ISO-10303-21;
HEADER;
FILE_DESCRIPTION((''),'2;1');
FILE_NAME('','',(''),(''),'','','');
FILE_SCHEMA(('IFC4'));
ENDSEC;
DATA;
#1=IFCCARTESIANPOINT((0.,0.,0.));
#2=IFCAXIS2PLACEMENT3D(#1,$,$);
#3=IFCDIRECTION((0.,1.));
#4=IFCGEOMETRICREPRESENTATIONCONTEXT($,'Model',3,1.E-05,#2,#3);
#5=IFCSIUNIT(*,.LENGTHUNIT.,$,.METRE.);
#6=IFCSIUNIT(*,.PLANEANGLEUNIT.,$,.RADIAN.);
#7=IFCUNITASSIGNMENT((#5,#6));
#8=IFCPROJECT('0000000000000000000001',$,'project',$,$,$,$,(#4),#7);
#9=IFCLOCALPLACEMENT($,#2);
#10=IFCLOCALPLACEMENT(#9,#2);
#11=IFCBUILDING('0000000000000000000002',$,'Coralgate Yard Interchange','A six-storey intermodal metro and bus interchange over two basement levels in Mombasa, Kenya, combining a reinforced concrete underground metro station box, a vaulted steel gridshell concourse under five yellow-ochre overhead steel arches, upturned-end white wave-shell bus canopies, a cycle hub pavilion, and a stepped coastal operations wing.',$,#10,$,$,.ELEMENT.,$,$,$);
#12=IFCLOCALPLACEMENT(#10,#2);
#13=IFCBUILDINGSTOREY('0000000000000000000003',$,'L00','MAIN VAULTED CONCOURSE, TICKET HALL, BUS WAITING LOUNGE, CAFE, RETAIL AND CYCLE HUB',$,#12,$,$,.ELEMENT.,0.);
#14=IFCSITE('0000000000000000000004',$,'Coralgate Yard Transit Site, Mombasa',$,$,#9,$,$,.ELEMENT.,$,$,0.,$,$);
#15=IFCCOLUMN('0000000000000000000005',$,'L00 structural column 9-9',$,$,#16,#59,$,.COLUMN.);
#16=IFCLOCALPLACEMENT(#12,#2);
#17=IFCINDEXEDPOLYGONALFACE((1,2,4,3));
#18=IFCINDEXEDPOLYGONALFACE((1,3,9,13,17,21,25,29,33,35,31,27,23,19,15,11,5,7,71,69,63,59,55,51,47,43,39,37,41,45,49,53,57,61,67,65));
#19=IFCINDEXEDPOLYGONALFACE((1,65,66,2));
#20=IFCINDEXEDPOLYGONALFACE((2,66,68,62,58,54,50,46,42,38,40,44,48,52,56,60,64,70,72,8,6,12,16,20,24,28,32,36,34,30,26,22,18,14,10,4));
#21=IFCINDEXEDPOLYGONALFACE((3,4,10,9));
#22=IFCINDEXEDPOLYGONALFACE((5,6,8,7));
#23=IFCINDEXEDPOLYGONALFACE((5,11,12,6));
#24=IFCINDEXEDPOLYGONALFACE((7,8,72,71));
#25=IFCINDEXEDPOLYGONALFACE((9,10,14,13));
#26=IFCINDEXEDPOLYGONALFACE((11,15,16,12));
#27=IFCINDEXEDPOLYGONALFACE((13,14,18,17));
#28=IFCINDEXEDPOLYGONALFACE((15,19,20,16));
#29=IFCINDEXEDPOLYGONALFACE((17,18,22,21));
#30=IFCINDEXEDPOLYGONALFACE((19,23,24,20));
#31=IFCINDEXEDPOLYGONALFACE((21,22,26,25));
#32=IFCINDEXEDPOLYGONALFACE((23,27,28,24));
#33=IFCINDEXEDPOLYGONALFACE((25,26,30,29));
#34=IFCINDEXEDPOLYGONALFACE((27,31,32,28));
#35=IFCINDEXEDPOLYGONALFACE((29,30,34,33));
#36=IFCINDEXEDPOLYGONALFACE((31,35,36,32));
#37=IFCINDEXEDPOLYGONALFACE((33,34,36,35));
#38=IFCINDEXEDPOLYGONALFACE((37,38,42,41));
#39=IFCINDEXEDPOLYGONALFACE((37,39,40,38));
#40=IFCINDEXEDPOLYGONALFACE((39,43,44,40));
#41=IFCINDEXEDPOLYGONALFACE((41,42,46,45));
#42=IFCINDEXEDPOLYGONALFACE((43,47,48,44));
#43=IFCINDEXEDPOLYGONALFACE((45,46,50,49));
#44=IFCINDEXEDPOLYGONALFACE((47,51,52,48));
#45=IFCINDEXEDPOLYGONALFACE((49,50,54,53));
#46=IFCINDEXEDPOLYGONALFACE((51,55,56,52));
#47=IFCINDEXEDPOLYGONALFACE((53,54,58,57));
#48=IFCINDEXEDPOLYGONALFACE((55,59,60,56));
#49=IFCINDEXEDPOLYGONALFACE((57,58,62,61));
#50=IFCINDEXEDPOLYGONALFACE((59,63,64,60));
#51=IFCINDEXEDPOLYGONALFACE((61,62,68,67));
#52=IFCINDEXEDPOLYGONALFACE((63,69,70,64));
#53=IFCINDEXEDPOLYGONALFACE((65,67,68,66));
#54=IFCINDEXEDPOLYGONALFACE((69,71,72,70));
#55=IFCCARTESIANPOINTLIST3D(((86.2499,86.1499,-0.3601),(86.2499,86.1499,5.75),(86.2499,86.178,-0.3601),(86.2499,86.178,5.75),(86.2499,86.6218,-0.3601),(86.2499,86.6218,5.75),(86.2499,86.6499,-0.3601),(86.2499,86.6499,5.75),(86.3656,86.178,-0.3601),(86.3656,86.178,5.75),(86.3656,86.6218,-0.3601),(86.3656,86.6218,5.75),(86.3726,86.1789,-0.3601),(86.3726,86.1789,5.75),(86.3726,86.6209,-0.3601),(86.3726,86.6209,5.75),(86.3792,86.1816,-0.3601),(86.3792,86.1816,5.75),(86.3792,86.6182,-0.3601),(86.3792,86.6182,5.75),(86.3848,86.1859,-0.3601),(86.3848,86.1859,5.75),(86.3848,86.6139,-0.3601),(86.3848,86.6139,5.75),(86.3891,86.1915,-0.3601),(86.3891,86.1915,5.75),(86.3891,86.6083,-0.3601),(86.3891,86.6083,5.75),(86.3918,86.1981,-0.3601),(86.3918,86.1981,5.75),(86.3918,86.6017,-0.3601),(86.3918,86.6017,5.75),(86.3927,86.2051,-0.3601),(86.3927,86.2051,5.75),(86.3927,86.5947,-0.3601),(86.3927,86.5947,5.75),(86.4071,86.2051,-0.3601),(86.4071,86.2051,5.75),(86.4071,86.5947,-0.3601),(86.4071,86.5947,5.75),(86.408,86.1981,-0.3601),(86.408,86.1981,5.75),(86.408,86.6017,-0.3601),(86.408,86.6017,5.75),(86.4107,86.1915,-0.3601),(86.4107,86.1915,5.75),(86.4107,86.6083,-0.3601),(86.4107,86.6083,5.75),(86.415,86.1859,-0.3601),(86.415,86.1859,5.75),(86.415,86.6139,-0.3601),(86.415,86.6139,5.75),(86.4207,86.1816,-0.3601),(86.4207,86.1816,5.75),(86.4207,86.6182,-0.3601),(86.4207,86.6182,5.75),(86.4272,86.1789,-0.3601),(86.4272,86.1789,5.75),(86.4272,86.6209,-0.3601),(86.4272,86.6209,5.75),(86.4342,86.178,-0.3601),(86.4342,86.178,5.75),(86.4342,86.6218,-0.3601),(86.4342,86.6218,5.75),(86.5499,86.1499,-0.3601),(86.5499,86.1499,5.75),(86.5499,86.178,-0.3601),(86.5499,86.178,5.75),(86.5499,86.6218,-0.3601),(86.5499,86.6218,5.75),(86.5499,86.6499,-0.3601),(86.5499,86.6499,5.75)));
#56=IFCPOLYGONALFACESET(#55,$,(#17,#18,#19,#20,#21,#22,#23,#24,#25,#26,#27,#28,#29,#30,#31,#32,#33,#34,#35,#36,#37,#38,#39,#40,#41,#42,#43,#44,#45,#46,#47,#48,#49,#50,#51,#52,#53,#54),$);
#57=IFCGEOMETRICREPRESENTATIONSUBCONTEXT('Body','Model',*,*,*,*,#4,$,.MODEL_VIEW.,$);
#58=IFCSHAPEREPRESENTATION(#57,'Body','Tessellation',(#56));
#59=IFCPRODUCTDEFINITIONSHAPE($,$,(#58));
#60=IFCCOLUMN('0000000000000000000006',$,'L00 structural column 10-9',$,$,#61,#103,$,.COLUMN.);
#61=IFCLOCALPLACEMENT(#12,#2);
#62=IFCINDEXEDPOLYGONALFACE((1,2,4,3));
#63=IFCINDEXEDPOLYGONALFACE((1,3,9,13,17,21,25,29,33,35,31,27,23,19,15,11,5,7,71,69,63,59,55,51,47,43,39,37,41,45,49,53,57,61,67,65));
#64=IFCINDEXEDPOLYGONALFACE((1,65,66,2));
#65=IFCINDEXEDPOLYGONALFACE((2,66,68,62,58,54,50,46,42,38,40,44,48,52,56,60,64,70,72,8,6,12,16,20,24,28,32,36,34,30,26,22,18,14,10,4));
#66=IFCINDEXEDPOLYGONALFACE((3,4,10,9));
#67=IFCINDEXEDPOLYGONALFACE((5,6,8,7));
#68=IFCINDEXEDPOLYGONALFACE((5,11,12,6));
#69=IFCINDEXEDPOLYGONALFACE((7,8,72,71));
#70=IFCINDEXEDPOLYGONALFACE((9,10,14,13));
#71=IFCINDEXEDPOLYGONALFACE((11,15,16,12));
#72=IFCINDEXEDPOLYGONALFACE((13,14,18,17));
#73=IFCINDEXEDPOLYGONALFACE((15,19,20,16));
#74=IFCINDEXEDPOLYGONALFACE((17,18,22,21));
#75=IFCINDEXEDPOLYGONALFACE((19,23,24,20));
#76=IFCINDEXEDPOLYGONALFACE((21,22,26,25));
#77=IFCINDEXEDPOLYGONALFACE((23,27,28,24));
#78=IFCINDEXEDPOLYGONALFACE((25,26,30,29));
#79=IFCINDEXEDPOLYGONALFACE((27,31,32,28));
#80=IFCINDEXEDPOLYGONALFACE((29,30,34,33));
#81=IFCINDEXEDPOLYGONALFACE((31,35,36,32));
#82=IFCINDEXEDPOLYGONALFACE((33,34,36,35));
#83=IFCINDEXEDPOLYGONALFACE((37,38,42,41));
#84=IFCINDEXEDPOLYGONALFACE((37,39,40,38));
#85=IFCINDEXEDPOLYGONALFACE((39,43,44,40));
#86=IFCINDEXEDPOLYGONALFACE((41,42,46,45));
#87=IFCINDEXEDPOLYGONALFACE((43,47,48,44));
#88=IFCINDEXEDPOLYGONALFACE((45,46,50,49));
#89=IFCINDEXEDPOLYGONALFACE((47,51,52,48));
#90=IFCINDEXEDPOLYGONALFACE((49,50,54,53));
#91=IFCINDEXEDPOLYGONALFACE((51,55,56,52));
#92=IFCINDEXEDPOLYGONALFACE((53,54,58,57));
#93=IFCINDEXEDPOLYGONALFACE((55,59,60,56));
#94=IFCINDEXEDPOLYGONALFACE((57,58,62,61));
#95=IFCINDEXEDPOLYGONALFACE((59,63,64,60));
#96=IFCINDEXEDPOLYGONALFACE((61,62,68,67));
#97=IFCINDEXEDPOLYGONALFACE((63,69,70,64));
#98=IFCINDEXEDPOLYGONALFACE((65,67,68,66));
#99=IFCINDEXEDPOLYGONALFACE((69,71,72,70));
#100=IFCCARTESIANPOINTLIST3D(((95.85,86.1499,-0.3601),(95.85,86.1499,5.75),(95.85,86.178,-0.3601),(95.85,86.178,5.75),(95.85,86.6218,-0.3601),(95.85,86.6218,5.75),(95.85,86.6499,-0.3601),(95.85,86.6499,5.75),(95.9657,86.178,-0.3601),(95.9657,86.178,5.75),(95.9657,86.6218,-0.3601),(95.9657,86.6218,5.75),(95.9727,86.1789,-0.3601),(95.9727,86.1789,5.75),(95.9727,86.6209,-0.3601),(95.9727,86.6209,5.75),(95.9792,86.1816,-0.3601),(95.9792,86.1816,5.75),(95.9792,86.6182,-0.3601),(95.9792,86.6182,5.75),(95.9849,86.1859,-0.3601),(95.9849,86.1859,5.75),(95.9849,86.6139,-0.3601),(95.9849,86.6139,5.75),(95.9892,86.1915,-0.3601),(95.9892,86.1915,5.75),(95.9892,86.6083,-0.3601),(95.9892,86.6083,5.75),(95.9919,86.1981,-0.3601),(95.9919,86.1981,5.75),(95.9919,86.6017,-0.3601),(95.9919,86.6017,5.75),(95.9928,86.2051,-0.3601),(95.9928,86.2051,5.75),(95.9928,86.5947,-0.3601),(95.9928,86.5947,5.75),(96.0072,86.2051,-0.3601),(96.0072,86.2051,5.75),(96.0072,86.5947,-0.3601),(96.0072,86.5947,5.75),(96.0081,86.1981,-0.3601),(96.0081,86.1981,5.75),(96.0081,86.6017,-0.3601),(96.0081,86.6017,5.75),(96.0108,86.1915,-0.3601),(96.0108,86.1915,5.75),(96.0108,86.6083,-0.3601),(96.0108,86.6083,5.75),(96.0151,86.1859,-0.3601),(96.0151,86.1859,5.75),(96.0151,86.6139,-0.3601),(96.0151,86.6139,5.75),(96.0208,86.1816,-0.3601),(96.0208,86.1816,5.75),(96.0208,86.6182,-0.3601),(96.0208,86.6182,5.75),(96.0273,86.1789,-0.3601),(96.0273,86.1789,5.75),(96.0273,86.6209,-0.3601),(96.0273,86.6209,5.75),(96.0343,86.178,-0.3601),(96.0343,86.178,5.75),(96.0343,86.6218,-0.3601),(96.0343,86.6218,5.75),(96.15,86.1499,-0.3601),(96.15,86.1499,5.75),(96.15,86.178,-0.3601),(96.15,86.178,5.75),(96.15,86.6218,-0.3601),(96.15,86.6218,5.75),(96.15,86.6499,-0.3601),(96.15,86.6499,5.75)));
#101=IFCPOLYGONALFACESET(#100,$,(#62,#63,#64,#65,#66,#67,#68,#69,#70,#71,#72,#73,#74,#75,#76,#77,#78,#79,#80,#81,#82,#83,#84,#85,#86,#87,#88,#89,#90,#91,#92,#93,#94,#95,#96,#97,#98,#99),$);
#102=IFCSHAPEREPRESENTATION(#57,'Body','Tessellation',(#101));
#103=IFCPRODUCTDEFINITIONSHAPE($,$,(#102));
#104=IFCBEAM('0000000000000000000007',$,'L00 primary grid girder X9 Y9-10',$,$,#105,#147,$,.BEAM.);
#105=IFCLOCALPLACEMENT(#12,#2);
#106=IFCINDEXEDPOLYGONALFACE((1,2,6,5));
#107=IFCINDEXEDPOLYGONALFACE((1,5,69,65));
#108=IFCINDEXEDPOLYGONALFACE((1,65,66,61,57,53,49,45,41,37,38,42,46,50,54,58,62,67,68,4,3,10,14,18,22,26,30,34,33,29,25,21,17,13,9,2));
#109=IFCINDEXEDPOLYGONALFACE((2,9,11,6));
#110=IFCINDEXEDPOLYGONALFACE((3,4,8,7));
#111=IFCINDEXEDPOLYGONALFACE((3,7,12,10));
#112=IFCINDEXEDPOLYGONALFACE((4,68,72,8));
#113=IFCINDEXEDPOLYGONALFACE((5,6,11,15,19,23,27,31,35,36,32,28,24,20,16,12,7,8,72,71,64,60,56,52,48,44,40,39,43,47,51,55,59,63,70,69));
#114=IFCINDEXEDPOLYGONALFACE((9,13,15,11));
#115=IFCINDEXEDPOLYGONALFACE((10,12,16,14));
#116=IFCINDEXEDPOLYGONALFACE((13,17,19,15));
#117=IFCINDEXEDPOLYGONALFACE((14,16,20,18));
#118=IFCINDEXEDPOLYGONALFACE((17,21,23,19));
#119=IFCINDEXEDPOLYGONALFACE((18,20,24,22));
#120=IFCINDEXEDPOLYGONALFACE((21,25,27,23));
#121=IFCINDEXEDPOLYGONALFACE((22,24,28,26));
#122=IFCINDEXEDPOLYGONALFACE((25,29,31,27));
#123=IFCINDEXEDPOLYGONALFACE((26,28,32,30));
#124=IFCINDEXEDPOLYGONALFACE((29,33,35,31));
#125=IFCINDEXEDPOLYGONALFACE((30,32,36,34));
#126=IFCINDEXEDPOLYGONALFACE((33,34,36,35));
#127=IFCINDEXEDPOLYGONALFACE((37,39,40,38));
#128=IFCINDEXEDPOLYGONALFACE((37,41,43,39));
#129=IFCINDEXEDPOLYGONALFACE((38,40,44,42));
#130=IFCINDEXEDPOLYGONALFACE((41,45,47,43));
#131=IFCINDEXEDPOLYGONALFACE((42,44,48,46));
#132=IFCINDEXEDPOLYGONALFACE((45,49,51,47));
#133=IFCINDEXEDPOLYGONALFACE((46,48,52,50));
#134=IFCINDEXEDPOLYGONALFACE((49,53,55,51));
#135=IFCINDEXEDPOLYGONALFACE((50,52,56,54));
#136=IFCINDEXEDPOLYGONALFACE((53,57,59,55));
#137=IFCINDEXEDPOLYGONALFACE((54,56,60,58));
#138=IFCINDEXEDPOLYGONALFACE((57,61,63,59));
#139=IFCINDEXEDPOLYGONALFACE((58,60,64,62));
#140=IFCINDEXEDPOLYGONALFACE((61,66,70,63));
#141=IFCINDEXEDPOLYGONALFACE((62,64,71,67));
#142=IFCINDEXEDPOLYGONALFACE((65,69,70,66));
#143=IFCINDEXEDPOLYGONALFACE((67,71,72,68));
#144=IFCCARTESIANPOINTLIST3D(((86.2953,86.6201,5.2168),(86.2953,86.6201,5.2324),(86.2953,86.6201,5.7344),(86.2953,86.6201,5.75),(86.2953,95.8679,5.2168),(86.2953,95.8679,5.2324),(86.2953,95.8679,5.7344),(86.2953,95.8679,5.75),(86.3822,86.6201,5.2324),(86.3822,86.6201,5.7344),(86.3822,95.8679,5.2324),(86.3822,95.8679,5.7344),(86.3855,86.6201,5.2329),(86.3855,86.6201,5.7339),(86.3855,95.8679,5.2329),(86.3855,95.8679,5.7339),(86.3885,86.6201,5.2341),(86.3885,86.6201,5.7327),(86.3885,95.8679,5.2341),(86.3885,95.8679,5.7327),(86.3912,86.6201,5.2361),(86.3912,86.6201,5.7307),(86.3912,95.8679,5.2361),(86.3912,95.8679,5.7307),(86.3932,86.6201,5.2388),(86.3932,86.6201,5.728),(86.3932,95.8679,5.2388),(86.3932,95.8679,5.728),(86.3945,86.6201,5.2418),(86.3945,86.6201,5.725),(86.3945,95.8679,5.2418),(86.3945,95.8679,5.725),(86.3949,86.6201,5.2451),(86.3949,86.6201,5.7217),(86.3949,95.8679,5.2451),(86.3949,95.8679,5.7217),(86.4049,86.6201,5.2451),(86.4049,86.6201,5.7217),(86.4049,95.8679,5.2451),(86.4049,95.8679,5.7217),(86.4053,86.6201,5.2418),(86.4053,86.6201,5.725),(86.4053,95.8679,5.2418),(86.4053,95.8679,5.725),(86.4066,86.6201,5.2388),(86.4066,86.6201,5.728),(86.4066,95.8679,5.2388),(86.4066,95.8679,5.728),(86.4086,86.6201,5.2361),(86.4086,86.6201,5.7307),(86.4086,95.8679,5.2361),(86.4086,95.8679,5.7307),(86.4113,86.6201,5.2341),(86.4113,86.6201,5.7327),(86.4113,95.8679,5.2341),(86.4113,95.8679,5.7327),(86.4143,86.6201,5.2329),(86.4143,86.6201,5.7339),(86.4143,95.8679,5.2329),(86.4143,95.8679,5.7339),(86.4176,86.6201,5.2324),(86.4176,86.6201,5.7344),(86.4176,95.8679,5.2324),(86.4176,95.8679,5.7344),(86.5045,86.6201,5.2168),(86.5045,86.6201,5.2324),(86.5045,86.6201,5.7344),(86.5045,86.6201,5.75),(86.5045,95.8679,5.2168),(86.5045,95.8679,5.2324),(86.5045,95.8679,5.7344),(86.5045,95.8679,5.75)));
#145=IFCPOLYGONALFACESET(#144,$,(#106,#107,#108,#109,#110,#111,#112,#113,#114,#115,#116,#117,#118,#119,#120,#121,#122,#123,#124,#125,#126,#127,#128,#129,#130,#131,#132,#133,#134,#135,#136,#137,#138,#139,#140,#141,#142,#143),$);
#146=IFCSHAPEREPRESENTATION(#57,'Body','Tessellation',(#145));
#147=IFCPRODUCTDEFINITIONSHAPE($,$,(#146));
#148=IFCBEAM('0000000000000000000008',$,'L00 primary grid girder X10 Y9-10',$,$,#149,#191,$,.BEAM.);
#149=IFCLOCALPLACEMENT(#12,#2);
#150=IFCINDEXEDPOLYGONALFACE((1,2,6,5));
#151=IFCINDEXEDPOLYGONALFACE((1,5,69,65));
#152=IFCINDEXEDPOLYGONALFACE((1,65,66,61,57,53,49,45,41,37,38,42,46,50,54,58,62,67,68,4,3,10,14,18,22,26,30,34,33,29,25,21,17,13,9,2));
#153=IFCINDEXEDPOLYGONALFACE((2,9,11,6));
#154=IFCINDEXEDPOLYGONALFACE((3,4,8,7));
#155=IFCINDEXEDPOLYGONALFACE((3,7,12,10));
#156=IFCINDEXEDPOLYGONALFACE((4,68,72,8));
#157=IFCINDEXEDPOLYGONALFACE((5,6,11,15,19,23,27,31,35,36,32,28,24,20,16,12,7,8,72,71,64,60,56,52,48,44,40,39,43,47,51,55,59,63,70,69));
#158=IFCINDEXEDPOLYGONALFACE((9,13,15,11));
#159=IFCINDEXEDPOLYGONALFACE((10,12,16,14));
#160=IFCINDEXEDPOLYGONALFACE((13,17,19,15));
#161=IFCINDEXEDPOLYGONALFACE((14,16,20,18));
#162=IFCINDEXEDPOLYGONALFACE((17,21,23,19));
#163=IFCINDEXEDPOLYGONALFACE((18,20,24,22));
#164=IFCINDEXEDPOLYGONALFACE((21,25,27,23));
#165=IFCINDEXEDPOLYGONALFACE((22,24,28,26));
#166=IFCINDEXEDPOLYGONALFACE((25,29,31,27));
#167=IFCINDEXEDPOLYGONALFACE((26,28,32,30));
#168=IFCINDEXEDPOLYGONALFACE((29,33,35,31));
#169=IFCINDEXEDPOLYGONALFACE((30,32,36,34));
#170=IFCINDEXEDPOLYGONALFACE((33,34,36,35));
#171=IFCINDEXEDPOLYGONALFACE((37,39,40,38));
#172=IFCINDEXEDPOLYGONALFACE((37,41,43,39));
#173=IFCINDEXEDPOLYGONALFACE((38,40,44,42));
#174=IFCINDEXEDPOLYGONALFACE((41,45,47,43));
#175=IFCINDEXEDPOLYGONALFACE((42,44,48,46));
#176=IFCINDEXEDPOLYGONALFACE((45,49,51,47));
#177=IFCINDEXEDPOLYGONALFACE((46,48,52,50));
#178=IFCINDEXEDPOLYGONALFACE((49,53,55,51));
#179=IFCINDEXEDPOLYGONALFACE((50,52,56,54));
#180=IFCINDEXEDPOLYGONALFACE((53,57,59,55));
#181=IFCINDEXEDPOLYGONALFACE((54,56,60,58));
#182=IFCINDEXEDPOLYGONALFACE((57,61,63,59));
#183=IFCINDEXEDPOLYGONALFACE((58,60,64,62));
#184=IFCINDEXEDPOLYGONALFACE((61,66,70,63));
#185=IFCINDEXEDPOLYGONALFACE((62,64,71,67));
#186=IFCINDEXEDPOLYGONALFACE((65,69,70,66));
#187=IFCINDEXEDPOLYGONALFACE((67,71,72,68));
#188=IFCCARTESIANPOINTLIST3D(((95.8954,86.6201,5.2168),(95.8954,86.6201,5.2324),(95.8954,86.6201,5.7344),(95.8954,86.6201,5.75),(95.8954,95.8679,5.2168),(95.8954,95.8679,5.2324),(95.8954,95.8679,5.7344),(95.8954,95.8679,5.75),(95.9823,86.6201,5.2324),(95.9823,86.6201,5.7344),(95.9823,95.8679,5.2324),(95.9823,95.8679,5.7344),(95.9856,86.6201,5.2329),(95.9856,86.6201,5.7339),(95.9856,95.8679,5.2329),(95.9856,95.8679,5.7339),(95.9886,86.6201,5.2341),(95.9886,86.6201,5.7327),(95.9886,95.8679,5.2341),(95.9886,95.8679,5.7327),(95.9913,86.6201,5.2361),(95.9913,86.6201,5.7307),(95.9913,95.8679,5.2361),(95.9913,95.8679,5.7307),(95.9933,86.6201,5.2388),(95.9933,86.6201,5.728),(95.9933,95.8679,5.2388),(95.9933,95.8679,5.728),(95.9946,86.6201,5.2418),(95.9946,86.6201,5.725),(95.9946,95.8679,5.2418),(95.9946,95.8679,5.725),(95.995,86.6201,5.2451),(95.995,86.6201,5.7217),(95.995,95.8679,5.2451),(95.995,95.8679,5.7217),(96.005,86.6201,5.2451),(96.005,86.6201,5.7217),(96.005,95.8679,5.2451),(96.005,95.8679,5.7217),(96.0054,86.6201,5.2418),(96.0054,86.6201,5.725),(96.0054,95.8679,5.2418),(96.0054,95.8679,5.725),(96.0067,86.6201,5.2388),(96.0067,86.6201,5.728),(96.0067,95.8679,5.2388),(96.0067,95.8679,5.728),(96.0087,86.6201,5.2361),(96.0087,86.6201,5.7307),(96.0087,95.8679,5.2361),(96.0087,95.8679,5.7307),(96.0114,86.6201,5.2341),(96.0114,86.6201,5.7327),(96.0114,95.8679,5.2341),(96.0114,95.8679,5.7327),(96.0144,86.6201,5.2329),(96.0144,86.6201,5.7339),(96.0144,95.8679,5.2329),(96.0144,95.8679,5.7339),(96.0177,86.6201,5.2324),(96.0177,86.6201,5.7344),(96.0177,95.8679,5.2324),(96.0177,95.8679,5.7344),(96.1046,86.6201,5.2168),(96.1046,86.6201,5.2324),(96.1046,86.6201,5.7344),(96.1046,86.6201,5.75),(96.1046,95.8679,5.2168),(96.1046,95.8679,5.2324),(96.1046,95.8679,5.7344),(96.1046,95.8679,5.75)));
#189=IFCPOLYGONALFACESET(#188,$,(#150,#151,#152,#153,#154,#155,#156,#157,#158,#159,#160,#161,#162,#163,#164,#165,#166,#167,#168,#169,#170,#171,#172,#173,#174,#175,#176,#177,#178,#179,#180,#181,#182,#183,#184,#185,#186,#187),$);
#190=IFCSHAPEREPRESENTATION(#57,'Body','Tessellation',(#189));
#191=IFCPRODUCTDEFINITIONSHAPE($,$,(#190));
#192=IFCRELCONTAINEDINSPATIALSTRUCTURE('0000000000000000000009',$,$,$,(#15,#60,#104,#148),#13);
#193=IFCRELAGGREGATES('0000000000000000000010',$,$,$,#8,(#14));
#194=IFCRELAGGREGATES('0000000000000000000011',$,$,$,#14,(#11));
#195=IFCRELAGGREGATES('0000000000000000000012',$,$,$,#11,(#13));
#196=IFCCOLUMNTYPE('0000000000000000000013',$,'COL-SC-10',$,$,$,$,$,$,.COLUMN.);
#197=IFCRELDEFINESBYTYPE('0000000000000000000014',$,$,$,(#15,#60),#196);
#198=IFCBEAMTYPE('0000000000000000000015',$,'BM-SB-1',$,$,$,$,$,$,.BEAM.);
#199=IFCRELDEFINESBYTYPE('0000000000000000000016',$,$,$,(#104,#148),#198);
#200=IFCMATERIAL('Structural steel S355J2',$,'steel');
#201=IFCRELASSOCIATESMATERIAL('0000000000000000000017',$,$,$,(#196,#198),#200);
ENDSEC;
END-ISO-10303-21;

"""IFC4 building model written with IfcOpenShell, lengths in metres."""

from ifc_helpers import new_model, si_unit, direction, frame, origin, origin_2d, place, context, subcontext, project, spatial, i_section, extrude, material, material_profile, profile_set, type_object, element, save


model = new_model("IFC4")

# Units and contexts
model_context = context("Model", 3, precision=1e-05, world=origin(), true_north=direction((0.0, 1.0)))
body_context = subcontext(model_context, "Body", "Model", "MODEL_VIEW")
ifc_project = project(units=[si_unit("LENGTHUNIT", "METRE"), si_unit("PLANEANGLEUNIT", "RADIAN")], contexts=[model_context])

# Site, building, storey
site_placement = place(None, origin())
site = spatial("IfcSite", under=ifc_project, at=site_placement, Name="Coralgate Yard Transit Site, Mombasa", CompositionType="ELEMENT", RefElevation=0.0)
building_placement = place(site_placement, origin())
building = spatial("IfcBuilding", under=site, at=building_placement, Name="Coralgate Yard Interchange", Description="A six-storey intermodal metro and bus interchange over two basement levels in Mombasa, Kenya, combining a reinforced concrete underground metro station box, a vaulted steel gridshell concourse under five yellow-ochre overhead steel arches, upturned-end white wave-shell bus canopies, a cycle hub pavilion, and a stepped coastal operations wing.", CompositionType="ELEMENT")
storey_placement = place(building_placement, origin())
storey = spatial("IfcBuildingStorey", under=building, at=storey_placement, Name="L00", Description="MAIN VAULTED CONCOURSE, TICKET HALL, BUS WAITING LOUNGE, CAFE, RETAIL AND CYCLE HUB", CompositionType="ELEMENT", Elevation=0.0)

# Columns
ifc_material_1 = material(Name="Structural steel S355J2", Category="steel")
ifc_material_profile_1 = material_profile(ifc_material_1, i_section(OverallWidth=0.3, OverallDepth=0.5, WebThickness=0.0144, FlangeThickness=0.0281, FilletRadius=0.0271, at=origin_2d()), Name="HEB 500")
ifc_profile_set_1 = profile_set([ifc_material_profile_1], Name="Structural steel S355J2")
column_type_1 = type_object("IfcColumnType", Name="COL-SC-10", PredefinedType="COLUMN", material=ifc_profile_set_1)
for number, where, z_axis, x_axis, name in (
    (1, (86.3999, 86.3999, -0.3601), (0.0, 0.0, 1.0), (1.0, 0.0, 0.0), "L00 structural column 9-9"),
    (2, (96.0, 86.3999, -0.3601), (0.0, 0.0, 1.0), (1.0, 0.0, 0.0), "L00 structural column 10-9"),
):
    element("IfcColumn", number, at=place(storey_placement, frame(where, z_axis=z_axis, x_axis=x_axis)), inside=storey, type_object=column_type_1, Name=name, PredefinedType="COLUMN", context=body_context, shape_type="SweptSolid", body=[
        extrude(i_section(OverallWidth=0.3, OverallDepth=0.5, WebThickness=0.0144, FlangeThickness=0.0281, FilletRadius=0.0271, at=origin_2d()), origin(), (0.0, 0.0, 1.0), 6.1101),
    ])

# Beams
ifc_material_profile_2 = material_profile(ifc_material_1, i_section(OverallWidth=0.2092, OverallDepth=0.5332, WebThickness=0.01, FlangeThickness=0.0156, FilletRadius=0.0127, at=origin_2d()), Name="UB 533x210x92")
ifc_profile_set_2 = profile_set([ifc_material_profile_2], Name="Structural steel S355J2")
beam_type_1 = type_object("IfcBeamType", Name="BM-SB-1", PredefinedType="BEAM", material=ifc_profile_set_2)
for number, where, z_axis, x_axis, name in (
    (3, (86.3999, 86.6201, 5.4834), (0.0, 1.0, 0.0), (-1.0, 0.0, 0.0), "L00 primary grid girder X9 Y9-10"),
    (4, (96.0, 86.6201, 5.4834), (0.0, 1.0, 0.0), (-1.0, 0.0, 0.0), "L00 primary grid girder X10 Y9-10"),
):
    element("IfcBeam", number, at=place(storey_placement, frame(where, z_axis=z_axis, x_axis=x_axis)), inside=storey, type_object=beam_type_1, Name=name, PredefinedType="BEAM", context=body_context, shape_type="SweptSolid", body=[
        extrude(i_section(OverallWidth=0.2092, OverallDepth=0.5332, WebThickness=0.01, FlangeThickness=0.0156, FilletRadius=0.0127, at=origin_2d()), origin(), (0.0, 0.0, 1.0), 9.2478),
    ])

save(model, "model.ifc")
